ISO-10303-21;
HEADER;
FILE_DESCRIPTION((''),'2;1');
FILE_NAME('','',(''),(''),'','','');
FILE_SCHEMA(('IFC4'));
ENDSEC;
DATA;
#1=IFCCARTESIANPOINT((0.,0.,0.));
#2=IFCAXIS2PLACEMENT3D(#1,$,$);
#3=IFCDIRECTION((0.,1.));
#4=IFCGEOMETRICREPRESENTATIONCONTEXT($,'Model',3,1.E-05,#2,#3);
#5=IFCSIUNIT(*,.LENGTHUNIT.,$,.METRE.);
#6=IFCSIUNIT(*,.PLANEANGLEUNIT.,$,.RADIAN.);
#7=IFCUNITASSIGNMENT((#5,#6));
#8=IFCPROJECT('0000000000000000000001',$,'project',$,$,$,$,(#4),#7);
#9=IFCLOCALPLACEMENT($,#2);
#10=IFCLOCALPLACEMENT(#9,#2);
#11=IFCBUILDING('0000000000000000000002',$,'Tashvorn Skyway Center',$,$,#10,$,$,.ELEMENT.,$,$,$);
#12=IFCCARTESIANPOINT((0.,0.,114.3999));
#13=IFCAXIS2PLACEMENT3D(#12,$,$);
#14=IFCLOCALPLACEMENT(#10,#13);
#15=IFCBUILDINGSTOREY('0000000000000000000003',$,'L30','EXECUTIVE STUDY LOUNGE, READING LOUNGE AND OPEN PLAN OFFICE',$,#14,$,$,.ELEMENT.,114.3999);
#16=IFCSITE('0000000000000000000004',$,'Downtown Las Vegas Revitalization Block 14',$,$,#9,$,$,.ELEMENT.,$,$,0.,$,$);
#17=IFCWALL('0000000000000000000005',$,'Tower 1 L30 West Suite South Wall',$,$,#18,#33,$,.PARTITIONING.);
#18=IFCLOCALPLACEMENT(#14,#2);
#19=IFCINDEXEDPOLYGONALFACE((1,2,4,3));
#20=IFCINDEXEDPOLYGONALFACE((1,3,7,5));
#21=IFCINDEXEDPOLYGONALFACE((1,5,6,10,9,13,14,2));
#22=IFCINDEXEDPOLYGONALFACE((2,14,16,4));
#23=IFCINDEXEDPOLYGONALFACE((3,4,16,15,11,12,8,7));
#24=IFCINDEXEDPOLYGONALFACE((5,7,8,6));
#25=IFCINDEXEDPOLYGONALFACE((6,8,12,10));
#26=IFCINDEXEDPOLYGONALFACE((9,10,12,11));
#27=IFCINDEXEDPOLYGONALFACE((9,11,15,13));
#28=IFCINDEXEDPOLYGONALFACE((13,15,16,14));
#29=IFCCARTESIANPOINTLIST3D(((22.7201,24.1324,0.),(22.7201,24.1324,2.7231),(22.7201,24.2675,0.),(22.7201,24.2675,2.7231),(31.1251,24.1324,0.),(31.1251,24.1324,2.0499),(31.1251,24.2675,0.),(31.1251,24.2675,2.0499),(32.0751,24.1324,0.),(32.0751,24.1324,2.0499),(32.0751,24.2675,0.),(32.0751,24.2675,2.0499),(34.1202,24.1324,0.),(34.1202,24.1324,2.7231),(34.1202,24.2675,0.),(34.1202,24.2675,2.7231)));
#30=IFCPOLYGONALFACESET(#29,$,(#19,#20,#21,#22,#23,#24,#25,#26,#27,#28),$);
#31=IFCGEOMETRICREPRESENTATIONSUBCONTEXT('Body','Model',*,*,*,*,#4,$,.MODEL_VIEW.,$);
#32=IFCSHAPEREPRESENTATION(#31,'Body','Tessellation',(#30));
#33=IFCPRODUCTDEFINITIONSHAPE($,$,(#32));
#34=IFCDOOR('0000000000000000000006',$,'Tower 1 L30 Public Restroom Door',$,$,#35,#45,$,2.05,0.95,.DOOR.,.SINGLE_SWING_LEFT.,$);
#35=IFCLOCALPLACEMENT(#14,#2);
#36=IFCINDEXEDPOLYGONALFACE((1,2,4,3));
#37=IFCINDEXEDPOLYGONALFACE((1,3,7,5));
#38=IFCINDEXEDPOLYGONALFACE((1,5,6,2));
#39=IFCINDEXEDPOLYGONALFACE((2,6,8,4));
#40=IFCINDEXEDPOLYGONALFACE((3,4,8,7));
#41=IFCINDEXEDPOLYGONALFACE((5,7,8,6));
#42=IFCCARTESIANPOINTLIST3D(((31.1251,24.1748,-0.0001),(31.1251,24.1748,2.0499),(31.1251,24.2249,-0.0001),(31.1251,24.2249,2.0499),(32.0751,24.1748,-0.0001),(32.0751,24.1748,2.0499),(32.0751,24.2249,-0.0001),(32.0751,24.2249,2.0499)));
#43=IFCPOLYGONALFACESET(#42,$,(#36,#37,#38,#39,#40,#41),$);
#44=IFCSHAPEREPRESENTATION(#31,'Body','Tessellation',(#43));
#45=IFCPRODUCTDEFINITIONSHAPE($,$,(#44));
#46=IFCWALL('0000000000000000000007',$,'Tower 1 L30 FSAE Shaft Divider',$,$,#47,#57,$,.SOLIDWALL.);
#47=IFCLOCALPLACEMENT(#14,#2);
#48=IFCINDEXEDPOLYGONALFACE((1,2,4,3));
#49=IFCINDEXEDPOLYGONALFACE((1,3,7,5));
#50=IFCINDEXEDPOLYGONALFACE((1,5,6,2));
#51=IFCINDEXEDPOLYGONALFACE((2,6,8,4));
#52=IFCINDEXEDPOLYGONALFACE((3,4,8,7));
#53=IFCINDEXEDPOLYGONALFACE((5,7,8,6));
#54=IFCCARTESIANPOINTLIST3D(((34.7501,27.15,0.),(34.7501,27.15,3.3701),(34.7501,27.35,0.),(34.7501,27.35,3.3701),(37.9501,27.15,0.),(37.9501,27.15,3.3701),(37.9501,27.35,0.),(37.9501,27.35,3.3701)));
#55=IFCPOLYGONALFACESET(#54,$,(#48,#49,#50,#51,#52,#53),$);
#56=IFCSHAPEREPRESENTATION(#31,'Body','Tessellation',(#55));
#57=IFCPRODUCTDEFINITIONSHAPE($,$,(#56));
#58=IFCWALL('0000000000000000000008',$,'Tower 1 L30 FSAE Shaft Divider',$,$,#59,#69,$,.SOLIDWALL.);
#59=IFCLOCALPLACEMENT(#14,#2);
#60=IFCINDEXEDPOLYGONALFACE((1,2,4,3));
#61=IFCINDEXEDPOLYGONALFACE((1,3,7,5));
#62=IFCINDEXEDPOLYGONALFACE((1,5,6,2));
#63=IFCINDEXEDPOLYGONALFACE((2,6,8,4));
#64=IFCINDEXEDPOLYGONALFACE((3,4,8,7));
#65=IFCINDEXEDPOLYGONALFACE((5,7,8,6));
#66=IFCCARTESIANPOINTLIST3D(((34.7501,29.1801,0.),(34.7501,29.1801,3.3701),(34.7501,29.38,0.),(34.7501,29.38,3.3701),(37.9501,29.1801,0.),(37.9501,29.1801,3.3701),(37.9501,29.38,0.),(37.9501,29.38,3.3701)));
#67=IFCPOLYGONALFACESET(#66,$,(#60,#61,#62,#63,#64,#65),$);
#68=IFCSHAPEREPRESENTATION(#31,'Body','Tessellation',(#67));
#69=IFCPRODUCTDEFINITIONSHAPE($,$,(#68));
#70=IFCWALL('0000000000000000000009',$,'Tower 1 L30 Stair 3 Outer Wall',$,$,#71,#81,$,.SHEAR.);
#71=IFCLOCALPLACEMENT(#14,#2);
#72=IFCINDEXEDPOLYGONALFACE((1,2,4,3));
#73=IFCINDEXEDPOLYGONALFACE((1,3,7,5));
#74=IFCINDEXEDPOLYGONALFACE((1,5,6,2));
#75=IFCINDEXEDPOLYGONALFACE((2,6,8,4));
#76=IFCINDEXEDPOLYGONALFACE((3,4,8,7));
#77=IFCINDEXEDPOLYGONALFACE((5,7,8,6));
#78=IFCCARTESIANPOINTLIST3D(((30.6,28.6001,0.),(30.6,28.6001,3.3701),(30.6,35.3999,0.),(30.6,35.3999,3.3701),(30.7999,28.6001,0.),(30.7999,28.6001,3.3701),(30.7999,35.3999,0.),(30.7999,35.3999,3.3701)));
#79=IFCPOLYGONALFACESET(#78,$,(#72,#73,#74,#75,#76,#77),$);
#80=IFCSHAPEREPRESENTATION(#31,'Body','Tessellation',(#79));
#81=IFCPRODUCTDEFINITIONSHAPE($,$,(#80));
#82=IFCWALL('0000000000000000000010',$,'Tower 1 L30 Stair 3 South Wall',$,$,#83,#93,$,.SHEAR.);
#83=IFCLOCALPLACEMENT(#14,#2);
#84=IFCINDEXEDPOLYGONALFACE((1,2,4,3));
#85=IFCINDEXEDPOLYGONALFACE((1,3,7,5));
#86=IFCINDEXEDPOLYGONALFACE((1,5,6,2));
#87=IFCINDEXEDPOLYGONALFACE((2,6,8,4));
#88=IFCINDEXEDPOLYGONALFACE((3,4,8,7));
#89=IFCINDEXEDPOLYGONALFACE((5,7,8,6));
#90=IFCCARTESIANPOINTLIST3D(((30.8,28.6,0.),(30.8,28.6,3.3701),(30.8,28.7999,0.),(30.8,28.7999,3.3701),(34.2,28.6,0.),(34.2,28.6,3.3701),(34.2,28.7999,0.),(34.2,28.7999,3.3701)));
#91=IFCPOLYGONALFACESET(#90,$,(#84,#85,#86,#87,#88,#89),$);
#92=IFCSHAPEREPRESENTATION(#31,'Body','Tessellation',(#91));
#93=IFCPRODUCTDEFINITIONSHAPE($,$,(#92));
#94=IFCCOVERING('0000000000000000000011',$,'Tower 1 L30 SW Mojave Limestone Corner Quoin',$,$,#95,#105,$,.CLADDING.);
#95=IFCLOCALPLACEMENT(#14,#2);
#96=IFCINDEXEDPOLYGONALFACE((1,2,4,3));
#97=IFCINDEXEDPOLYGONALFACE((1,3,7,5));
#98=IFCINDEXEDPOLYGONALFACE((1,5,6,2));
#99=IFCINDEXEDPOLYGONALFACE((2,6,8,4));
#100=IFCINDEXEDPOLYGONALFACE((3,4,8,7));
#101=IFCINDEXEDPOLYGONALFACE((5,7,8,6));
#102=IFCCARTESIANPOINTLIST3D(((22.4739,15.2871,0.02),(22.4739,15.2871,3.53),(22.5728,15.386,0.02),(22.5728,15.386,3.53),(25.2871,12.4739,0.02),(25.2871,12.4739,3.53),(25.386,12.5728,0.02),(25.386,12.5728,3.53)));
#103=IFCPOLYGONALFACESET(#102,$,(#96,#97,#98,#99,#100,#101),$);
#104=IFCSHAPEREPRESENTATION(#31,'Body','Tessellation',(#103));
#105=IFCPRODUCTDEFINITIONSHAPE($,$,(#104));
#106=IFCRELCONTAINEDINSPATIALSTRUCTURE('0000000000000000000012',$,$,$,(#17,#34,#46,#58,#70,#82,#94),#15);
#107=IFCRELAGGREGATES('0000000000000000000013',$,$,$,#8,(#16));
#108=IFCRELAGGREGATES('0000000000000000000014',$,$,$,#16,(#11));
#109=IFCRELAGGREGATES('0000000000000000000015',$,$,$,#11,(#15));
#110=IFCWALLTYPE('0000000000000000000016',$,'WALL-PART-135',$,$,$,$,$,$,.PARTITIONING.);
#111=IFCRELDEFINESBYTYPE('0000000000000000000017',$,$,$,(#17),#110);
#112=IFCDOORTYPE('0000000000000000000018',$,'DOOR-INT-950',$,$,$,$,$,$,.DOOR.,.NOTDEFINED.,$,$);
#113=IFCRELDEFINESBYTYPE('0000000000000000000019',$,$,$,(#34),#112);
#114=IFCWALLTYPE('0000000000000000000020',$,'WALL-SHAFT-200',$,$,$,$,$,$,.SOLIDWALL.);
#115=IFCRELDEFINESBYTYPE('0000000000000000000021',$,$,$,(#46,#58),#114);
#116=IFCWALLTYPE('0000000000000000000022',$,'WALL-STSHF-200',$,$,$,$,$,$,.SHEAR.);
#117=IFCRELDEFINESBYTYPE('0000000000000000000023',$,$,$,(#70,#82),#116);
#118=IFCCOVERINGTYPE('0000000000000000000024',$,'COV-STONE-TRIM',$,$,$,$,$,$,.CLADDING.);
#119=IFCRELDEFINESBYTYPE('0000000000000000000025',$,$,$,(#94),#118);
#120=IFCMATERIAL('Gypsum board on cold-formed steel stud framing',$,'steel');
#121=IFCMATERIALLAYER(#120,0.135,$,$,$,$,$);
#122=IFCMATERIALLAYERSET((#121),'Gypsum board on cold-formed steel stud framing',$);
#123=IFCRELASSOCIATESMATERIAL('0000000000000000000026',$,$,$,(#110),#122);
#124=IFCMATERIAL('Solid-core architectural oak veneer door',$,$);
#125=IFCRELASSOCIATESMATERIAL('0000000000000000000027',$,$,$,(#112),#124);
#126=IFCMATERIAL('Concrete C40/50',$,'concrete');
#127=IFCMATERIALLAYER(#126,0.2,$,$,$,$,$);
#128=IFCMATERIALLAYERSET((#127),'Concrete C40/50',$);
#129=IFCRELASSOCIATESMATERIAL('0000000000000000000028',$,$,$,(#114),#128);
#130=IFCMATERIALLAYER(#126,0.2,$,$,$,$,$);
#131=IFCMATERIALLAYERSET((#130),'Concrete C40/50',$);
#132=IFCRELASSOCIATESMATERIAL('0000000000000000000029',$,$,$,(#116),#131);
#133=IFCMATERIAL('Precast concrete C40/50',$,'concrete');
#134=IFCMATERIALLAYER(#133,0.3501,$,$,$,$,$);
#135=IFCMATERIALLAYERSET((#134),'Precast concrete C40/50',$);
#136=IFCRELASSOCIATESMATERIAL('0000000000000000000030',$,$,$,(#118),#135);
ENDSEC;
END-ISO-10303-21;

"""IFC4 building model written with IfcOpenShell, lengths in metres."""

from ifc_helpers import new_model, si_unit, direction, frame, frame_2d, origin, origin_2d, place, context, subcontext, project, spatial, rectangle, extrude, material, layer, layer_set, type_object, element, fill, save


model = new_model("IFC4")

# Units and contexts
model_context = context("Model", 3, precision=1e-05, world=origin(), true_north=direction((0.0, 1.0)))
body_context = subcontext(model_context, "Body", "Model", "MODEL_VIEW")
ifc_project = project(units=[si_unit("LENGTHUNIT", "METRE"), si_unit("PLANEANGLEUNIT", "RADIAN")], contexts=[model_context])

# Site, building, storey
site_placement = place(None, origin())
site = spatial("IfcSite", under=ifc_project, at=site_placement, Name="Downtown Las Vegas Revitalization Block 14", CompositionType="ELEMENT", RefElevation=0.0)
building_placement = place(site_placement, origin())
building = spatial("IfcBuilding", under=site, at=building_placement, Name="Tashvorn Skyway Center", CompositionType="ELEMENT")
storey_placement = place(building_placement, frame((0.0, 0.0, 114.3999)))
storey = spatial("IfcBuildingStorey", under=building, at=storey_placement, Name="L30", Description="EXECUTIVE STUDY LOUNGE, READING LOUNGE AND OPEN PLAN OFFICE", CompositionType="ELEMENT", Elevation=114.3999)

# Shared definitions
ifc_material_1 = material(Name="Precast concrete C40/50", Category="concrete")
ifc_material_2 = material(Name="Gypsum board on cold-formed steel stud framing", Category="steel")
ifc_layer_1 = layer(ifc_material_2, 0.135)
ifc_layer_set_1 = layer_set([ifc_layer_1], Name="Gypsum board on cold-formed steel stud framing")
wall_type_1 = type_object("IfcWallType", Name="WALL-PART-135", PredefinedType="PARTITIONING", material=ifc_layer_set_1)

# Wall, opening, door
wall_1_placement = place(storey_placement, frame((22.72, 24.2, 0.0), z_axis=(0.0, 0.0, 1.0), x_axis=(1.0, 0.0, 0.0)))
wall_1 = element("IfcWall", 1, at=wall_1_placement, inside=storey, type_object=wall_type_1, Name="Tower 1 L30 West Suite South Wall", PredefinedType="PARTITIONING", context=body_context, shape_type="SweptSolid", body=[
    extrude(rectangle(XDim=11.4001, YDim=0.135, at=frame_2d((5.7002, 0.0))), origin(), (0.0, 0.0, 1.0), 2.7231),
])
opening_placement = place(wall_1_placement, frame((8.405, 0.0, 0.0)))
opening = element("IfcOpeningElement", 2, at=opening_placement, cuts=wall_1, PredefinedType="OPENING", context=body_context, shape_type="SweptSolid", body=[
    extrude(rectangle(XDim=0.95, YDim=2.05, at=frame_2d((0.4751, 1.0249))), frame((0.0, 0.0774, 0.0), z_axis=(0.0, -1.0, 0.0), x_axis=(1.0, 0.0, 0.0)), (0.0, 0.0, 1.0), 0.155),
])
ifc_material_3 = material(Name="Solid-core architectural oak veneer door")
door_type = type_object("IfcDoorType", Name="DOOR-INT-950", OperationType="NOTDEFINED", PredefinedType="DOOR", material=ifc_material_3)
door_placement = place(opening_placement, origin())
door = element("IfcDoor", 3, at=door_placement, inside=storey, type_object=door_type, Name="Tower 1 L30 Public Restroom Door", OperationType="SINGLE_SWING_LEFT", OverallHeight=2.05, OverallWidth=0.95, PredefinedType="DOOR", context=body_context, shape_type="SweptSolid", body=[
    extrude(rectangle(XDim=0.95, YDim=2.05, at=frame_2d((0.4751, 1.0249))), frame((0.0, 0.0249, 0.0), z_axis=(0.0, -1.0, 0.0), x_axis=(1.0, 0.0, 0.0)), (0.0, 0.0, 1.0), 0.05),
])
fill(opening, door)

# Walls
ifc_material_4 = material(Name="Concrete C40/50", Category="concrete")
ifc_layer_2 = layer(ifc_material_4, 0.2)
ifc_layer_set_2 = layer_set([ifc_layer_2], Name="Concrete C40/50")
wall_type_2 = type_object("IfcWallType", Name="WALL-SHAFT-200", PredefinedType="SOLIDWALL", material=ifc_layer_set_2)
for number, where, z_axis, x_axis, name in (
    (4, (34.75, 27.25, 0.0), (0.0, 0.0, 1.0), (1.0, 0.0, 0.0), "Tower 1 L30 FSAE Shaft Divider"),
    (5, (34.75, 29.28, 0.0), (0.0, 0.0, 1.0), (1.0, 0.0, 0.0), "Tower 1 L30 FSAE Shaft Divider"),
):
    element("IfcWall", number, at=place(storey_placement, frame(where, z_axis=z_axis, x_axis=x_axis)), inside=storey, type_object=wall_type_2, Name=name, PredefinedType="SOLIDWALL", context=body_context, shape_type="SweptSolid", body=[
        extrude(rectangle(XDim=3.2, YDim=0.2, at=frame_2d((1.6001, 0.0))), origin(), (0.0, 0.0, 1.0), 3.3701),
    ])
ifc_layer_3 = layer(ifc_material_4, 0.2)
ifc_layer_set_3 = layer_set([ifc_layer_3], Name="Concrete C40/50")
wall_type_3 = type_object("IfcWallType", Name="WALL-STSHF-200", PredefinedType="SHEAR", material=ifc_layer_set_3)
wall_2_placement = place(storey_placement, frame((30.7, 28.6001, 0.0), z_axis=(0.0, 0.0, 1.0), x_axis=(0.0, 1.0, 0.0)))
element("IfcWall", 6, at=wall_2_placement, inside=storey, type_object=wall_type_3, Name="Tower 1 L30 Stair 3 Outer Wall", PredefinedType="SHEAR", context=body_context, shape_type="SweptSolid", body=[
    extrude(rectangle(XDim=6.7998, YDim=0.2, at=frame_2d((3.3999, 0.0))), origin(), (0.0, 0.0, 1.0), 3.3701),
])
wall_3_placement = place(storey_placement, frame((30.8, 28.7, 0.0), z_axis=(0.0, 0.0, 1.0), x_axis=(1.0, 0.0, 0.0)))
element("IfcWall", 7, at=wall_3_placement, inside=storey, type_object=wall_type_3, Name="Tower 1 L30 Stair 3 South Wall", PredefinedType="SHEAR", context=body_context, shape_type="SweptSolid", body=[
    extrude(rectangle(XDim=3.3999, YDim=0.2, at=frame_2d((1.7, 0.0))), origin(), (0.0, 0.0, 1.0), 3.3701),
])

# Covering
ifc_layer_4 = layer(ifc_material_1, 0.3501)
ifc_layer_set_4 = layer_set([ifc_layer_4], Name="Precast concrete C40/50")
covering_type = type_object("IfcCoveringType", Name="COV-STONE-TRIM", PredefinedType="CLADDING", material=ifc_layer_set_4)
covering_placement = place(storey_placement, frame((23.9299, 13.9299, 0.02), z_axis=(0.0, 0.0, 1.0), x_axis=(-0.707107, 0.707107, 0.0)))
element("IfcCovering", 8, at=covering_placement, inside=storey, type_object=covering_type, Name="Tower 1 L30 SW Mojave Limestone Corner Quoin", PredefinedType="CLADDING", context=body_context, shape_type="SweptSolid", body=[
    extrude(rectangle(XDim=3.9785, YDim=0.1399, at=origin_2d()), origin(), (0.0, 0.0, 1.0), 3.51),
])

save(model, "model.ifc")
